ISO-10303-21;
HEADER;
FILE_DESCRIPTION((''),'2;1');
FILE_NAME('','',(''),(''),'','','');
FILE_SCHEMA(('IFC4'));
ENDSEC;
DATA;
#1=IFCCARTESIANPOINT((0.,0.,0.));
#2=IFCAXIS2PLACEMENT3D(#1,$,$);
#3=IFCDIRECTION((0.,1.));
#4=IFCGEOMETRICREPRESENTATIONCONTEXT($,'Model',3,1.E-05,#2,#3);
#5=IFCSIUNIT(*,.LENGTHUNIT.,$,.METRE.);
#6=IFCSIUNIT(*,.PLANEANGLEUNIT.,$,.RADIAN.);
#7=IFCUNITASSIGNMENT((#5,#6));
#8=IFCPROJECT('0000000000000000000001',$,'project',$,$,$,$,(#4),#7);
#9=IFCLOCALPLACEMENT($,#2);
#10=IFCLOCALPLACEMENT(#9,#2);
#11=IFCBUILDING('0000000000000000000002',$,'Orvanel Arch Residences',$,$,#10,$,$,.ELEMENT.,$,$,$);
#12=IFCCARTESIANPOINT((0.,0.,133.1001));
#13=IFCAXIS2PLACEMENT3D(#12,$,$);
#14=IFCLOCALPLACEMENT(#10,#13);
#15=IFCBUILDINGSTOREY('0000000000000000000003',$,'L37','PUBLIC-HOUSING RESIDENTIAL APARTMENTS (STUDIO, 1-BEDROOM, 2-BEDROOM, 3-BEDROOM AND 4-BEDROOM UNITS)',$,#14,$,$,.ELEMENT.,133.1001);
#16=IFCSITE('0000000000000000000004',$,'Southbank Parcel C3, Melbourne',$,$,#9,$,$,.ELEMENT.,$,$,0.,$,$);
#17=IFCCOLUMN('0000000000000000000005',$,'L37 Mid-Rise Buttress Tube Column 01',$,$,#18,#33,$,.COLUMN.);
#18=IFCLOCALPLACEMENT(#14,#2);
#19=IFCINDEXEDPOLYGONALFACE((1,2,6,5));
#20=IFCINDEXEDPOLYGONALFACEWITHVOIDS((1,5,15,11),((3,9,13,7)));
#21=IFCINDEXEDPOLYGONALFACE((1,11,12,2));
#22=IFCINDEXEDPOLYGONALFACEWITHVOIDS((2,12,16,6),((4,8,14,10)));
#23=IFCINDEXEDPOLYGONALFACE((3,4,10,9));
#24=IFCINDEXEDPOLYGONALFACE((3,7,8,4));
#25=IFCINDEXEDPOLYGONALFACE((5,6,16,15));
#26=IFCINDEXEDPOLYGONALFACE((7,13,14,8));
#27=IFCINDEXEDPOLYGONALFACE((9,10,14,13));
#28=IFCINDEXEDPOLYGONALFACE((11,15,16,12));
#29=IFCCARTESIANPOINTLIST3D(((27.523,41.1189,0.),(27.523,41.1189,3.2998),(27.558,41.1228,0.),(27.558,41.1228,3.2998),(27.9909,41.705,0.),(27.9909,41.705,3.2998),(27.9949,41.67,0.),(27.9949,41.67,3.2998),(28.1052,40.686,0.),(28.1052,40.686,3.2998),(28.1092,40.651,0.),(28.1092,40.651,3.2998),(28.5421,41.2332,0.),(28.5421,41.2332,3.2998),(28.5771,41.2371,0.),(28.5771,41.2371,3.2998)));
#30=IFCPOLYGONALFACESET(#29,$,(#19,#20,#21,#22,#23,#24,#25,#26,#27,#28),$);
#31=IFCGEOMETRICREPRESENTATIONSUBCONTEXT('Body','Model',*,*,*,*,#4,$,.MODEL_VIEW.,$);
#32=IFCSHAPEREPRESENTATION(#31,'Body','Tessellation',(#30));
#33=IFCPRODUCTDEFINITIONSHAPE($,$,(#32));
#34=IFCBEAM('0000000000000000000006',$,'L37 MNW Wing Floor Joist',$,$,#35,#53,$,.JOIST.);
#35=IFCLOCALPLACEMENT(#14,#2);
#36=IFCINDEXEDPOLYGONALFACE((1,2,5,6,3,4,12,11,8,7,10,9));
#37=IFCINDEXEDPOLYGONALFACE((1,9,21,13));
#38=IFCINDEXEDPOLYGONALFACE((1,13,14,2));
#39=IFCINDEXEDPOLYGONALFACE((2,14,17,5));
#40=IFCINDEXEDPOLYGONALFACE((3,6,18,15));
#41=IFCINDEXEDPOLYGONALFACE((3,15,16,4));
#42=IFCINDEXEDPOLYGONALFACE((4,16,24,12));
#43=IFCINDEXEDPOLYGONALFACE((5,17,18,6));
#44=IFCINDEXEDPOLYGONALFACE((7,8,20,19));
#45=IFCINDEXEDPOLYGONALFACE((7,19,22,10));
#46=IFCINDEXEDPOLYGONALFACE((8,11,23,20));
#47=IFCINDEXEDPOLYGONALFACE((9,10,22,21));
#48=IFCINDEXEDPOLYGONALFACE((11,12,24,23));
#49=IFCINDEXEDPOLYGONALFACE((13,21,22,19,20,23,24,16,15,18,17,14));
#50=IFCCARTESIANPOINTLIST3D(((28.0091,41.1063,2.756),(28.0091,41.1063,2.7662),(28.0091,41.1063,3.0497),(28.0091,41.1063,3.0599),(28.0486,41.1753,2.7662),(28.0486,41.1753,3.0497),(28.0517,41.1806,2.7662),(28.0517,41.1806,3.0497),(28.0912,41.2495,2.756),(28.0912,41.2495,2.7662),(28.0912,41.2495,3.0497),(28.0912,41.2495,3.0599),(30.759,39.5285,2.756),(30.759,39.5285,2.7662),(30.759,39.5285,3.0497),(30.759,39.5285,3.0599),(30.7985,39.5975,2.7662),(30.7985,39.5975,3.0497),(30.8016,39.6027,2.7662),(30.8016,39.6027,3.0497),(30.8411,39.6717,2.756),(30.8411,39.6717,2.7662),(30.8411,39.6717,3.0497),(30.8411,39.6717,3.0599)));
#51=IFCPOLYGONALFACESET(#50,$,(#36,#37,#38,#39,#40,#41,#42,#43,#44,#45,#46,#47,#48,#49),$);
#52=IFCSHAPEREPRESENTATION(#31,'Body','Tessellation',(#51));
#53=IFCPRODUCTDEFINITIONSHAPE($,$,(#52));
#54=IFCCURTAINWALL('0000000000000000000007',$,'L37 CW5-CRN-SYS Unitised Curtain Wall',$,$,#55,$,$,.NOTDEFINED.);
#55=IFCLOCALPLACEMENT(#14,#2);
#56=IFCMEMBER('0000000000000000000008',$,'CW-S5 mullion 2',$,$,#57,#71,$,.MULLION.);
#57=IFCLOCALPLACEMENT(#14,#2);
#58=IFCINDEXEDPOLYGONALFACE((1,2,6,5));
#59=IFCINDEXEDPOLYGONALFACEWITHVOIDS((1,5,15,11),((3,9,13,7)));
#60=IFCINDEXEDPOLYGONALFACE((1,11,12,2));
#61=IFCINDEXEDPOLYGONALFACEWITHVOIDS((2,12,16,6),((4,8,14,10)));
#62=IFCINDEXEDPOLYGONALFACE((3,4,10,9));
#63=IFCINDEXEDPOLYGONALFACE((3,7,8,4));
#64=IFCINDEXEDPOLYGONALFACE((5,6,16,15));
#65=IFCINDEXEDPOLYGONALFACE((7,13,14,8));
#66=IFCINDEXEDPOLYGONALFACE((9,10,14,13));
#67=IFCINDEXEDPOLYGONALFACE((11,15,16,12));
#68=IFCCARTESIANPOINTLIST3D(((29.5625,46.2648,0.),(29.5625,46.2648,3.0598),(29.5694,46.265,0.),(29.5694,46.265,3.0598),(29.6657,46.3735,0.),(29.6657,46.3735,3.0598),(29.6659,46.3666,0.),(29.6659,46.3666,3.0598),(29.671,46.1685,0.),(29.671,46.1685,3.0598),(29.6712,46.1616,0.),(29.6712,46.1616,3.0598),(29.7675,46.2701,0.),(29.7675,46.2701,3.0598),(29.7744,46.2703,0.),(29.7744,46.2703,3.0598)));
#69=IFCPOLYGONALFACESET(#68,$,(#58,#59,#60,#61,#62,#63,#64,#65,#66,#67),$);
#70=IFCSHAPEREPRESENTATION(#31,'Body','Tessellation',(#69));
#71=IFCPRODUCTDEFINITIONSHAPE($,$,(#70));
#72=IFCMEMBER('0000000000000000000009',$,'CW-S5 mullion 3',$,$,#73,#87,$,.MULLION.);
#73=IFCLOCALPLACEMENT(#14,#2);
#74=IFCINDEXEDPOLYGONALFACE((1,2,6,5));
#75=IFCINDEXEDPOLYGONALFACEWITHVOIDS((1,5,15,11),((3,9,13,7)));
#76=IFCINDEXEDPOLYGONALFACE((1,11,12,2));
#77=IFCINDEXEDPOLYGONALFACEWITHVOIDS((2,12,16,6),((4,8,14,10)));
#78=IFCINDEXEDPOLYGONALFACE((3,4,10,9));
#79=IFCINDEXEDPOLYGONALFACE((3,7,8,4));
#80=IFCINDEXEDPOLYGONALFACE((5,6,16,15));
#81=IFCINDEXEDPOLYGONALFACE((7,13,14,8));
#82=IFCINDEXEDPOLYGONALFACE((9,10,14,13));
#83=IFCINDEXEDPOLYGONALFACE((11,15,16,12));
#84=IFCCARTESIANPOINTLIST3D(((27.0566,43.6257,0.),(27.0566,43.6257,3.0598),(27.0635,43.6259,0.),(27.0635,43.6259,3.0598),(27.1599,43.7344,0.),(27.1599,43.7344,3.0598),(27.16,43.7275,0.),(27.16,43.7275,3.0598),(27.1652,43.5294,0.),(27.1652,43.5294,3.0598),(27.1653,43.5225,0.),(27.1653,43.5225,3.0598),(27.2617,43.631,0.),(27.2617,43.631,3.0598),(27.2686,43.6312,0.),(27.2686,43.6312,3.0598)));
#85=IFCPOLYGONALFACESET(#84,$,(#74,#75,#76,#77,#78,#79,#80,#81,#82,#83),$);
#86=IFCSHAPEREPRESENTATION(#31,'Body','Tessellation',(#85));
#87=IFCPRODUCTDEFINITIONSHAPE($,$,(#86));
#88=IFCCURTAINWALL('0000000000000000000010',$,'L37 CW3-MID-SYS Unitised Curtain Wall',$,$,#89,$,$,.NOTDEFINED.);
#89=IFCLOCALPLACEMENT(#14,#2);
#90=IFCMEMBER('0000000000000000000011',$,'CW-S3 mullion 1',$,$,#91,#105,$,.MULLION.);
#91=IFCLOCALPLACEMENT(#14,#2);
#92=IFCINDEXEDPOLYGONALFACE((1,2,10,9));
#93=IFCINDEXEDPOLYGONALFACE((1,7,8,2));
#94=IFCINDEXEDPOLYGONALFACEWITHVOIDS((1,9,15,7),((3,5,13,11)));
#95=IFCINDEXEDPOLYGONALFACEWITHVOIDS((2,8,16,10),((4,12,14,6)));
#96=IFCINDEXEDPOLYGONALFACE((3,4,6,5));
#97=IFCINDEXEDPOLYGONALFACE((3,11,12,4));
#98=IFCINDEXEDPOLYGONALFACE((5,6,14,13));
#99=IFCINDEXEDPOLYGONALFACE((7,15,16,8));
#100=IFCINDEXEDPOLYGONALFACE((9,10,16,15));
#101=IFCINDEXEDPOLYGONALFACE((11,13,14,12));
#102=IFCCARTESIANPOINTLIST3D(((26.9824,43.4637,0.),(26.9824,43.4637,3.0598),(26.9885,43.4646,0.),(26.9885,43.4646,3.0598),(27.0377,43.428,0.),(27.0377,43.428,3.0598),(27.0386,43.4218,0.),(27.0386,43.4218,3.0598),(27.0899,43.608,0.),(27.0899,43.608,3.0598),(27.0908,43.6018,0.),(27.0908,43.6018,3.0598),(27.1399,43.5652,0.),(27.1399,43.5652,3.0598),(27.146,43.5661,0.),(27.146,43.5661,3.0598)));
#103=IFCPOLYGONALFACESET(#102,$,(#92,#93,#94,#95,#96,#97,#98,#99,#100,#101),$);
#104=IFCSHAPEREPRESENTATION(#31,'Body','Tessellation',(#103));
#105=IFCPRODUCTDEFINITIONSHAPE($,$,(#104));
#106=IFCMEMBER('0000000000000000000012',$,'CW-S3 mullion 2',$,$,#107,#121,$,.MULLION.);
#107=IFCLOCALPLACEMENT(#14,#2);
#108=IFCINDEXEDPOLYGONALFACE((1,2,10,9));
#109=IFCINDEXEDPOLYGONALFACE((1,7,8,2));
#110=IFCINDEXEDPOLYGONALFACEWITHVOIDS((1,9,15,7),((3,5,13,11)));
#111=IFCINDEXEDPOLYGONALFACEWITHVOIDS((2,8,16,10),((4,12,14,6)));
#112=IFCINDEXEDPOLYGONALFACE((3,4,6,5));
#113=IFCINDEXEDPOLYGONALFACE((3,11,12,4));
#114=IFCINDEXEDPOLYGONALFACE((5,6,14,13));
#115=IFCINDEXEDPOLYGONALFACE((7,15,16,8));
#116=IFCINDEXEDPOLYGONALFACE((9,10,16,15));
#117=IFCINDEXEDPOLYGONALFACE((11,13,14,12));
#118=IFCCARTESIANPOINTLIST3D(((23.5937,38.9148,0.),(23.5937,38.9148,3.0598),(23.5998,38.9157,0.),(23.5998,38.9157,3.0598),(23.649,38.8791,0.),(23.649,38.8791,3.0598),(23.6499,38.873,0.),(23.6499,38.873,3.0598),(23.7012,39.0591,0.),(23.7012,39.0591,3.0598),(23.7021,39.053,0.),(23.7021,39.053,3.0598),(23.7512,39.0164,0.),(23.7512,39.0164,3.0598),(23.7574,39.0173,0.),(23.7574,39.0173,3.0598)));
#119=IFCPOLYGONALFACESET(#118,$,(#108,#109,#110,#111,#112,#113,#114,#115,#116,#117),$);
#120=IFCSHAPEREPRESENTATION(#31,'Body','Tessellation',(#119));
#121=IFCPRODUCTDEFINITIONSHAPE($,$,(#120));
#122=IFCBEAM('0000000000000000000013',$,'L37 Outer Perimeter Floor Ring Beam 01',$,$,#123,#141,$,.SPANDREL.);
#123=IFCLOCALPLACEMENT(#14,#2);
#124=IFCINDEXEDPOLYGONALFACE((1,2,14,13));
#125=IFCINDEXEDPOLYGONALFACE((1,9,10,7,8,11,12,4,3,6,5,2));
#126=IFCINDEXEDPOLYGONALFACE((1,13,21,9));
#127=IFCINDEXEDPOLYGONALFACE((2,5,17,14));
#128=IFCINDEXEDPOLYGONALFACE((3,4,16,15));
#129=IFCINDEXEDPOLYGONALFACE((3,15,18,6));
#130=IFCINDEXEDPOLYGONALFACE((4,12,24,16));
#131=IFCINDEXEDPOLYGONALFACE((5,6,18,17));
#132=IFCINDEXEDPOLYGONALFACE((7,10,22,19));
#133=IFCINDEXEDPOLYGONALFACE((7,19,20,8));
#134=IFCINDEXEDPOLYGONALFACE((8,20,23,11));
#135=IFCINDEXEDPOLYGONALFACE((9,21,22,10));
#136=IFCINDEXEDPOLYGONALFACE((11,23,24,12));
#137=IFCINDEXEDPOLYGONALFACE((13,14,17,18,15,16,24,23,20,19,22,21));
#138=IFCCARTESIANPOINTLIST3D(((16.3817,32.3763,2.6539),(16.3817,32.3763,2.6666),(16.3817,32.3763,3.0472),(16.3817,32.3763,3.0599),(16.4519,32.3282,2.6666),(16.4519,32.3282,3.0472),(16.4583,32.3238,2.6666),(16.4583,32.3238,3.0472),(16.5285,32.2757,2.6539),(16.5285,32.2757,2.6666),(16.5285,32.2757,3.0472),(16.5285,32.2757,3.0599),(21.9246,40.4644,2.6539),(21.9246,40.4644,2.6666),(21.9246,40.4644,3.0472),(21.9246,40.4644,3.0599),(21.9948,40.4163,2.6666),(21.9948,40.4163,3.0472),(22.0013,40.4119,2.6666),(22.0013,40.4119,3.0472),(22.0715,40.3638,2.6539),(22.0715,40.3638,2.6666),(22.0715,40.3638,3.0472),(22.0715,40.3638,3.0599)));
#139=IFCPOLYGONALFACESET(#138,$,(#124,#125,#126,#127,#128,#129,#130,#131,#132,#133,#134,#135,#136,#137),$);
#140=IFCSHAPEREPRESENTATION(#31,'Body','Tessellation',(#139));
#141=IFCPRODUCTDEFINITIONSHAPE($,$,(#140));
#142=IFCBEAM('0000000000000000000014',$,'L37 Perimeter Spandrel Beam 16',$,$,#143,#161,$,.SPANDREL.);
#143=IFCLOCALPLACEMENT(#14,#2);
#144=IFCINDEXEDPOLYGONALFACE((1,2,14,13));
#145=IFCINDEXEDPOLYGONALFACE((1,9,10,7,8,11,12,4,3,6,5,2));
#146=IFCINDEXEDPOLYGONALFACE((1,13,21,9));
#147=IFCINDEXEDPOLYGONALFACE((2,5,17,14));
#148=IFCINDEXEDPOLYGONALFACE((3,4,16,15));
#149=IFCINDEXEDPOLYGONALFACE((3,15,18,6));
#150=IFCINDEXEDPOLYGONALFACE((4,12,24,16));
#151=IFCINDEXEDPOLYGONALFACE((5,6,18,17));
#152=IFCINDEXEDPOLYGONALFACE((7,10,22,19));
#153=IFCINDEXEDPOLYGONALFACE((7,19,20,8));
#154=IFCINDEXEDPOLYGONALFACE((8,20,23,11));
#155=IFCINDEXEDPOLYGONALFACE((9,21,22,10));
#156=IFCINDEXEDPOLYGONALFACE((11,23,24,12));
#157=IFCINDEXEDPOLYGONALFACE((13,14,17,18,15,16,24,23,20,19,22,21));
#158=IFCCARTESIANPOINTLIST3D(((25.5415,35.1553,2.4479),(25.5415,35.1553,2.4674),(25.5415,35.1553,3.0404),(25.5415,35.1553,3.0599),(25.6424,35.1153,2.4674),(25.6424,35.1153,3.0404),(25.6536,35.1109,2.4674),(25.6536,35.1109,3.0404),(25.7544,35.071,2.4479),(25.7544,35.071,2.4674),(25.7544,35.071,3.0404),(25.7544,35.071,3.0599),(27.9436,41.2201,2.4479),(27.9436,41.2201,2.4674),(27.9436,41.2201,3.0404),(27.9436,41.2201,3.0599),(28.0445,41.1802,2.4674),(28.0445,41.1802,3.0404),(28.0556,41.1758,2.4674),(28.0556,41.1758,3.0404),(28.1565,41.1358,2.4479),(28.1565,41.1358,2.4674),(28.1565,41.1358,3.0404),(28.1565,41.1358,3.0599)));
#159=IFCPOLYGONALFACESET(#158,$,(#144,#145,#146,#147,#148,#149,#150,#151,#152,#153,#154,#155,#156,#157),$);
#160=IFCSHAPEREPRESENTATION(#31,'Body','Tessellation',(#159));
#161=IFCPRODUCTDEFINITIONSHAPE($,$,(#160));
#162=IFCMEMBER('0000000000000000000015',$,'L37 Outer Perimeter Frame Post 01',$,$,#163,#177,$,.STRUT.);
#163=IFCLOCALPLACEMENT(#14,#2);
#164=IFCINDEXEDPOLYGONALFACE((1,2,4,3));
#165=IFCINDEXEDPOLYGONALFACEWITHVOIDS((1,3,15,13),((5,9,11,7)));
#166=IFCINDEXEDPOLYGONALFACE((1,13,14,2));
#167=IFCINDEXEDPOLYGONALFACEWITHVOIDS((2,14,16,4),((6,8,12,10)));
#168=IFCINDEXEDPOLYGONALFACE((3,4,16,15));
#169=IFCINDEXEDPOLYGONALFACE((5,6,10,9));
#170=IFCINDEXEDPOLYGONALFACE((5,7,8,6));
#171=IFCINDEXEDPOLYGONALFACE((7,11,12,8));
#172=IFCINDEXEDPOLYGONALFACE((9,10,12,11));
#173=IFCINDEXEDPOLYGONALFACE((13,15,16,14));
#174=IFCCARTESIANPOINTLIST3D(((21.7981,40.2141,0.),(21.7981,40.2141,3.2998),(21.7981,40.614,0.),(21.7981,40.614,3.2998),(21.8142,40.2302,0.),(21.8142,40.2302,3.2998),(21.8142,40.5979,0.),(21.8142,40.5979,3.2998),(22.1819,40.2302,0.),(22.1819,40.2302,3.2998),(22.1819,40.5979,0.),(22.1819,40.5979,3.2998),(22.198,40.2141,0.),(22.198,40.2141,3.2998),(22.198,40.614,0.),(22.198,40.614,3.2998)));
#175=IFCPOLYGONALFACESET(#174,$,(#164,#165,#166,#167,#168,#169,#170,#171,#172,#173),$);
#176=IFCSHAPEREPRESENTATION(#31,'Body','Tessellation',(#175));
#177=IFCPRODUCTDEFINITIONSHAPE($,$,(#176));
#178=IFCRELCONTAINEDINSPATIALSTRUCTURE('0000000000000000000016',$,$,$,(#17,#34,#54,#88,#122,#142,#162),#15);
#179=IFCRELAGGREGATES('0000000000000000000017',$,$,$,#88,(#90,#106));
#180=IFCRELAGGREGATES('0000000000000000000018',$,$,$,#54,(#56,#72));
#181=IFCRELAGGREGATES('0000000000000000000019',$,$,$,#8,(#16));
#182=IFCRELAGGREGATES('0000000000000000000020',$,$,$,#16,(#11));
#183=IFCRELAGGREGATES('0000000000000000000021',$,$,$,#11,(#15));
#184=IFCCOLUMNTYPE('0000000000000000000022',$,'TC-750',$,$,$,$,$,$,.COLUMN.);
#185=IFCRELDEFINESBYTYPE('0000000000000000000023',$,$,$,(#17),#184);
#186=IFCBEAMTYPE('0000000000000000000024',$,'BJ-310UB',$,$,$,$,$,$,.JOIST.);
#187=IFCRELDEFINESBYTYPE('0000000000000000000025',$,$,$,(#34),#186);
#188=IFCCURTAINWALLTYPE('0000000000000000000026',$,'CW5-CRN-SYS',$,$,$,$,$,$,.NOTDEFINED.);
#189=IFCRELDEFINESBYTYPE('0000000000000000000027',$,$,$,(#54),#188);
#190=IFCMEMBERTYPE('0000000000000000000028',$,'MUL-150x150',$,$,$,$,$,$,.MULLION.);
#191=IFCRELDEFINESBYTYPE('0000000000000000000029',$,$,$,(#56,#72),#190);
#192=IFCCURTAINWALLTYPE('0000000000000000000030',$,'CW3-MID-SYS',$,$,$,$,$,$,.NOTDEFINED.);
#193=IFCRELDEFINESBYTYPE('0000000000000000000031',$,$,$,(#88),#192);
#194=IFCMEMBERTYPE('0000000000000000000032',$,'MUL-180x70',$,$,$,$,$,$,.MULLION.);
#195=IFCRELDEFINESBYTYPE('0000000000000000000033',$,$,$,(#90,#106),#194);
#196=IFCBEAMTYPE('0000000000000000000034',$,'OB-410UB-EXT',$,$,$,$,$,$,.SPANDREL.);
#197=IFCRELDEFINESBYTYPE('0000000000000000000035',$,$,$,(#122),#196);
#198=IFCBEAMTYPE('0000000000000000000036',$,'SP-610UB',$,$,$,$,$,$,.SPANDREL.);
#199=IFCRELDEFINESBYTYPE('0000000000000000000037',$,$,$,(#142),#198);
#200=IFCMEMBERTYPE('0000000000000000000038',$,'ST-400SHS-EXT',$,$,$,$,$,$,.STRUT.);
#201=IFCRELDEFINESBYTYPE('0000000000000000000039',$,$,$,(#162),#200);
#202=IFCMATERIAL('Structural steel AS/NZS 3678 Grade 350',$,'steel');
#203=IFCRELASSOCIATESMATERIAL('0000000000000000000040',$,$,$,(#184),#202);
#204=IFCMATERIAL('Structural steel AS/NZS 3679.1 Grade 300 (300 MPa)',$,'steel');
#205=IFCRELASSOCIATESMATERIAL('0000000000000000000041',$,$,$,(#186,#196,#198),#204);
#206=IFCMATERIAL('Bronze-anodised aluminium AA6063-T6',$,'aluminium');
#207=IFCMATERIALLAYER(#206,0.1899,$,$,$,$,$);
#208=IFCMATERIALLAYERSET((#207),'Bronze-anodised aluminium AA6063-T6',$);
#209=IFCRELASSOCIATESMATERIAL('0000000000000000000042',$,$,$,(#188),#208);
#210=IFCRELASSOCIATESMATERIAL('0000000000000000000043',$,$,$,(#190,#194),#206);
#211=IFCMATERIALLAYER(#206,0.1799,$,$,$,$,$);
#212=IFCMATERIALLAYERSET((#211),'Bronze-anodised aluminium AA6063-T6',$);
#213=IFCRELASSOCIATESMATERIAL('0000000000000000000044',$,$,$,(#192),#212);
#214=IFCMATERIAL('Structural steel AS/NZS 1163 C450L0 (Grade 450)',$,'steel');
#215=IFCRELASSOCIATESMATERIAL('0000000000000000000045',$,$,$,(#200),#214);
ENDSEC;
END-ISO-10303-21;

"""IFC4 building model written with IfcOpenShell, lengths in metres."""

from ifc_helpers import new_model, si_unit, direction, frame, origin, origin_2d, place, context, subcontext, project, spatial, hollow_rectangle, i_section, extrude, material, layer, layer_set, material_profile, profile_set, type_object, element, aggregate, save


model = new_model("IFC4")

# Units and contexts
model_context = context("Model", 3, precision=1e-05, world=origin(), true_north=direction((0.0, 1.0)))
body_context = subcontext(model_context, "Body", "Model", "MODEL_VIEW")
ifc_project = project(units=[si_unit("LENGTHUNIT", "METRE"), si_unit("PLANEANGLEUNIT", "RADIAN")], contexts=[model_context])

# Site, building, storey
site_placement = place(None, origin())
site = spatial("IfcSite", under=ifc_project, at=site_placement, Name="Southbank Parcel C3, Melbourne", CompositionType="ELEMENT", RefElevation=0.0)
building_placement = place(site_placement, origin())
building = spatial("IfcBuilding", under=site, at=building_placement, Name="Orvanel Arch Residences", CompositionType="ELEMENT")
storey_placement = place(building_placement, frame((0.0, 0.0, 133.1001)))
storey = spatial("IfcBuildingStorey", under=building, at=storey_placement, Name="L37", Description="PUBLIC-HOUSING RESIDENTIAL APARTMENTS (STUDIO, 1-BEDROOM, 2-BEDROOM, 3-BEDROOM AND 4-BEDROOM UNITS)", CompositionType="ELEMENT", Elevation=133.1001)

# Column
ifc_material_1 = material(Name="Structural steel AS/NZS 3678 Grade 350", Category="steel")
ifc_material_profile_1 = material_profile(ifc_material_1, hollow_rectangle(XDim=0.75, YDim=0.75, WallThickness=0.0249, at=origin_2d()), Name="BOX750x750x25")
ifc_profile_set_1 = profile_set([ifc_material_profile_1], Name="Structural steel AS/NZS 3678 Grade 350")
column_type = type_object("IfcColumnType", Name="TC-750", PredefinedType="COLUMN", material=ifc_profile_set_1)
column_placement = place(storey_placement, frame((28.05, 41.178, 0.0), z_axis=(0.0, 0.0, 1.0), x_axis=(0.62388, 0.78152, 0.0)))
element("IfcColumn", 1, at=column_placement, inside=storey, type_object=column_type, Name="L37 Mid-Rise Buttress Tube Column 01", PredefinedType="COLUMN", context=body_context, shape_type="SweptSolid", body=[
    extrude(hollow_rectangle(XDim=0.75, YDim=0.75, WallThickness=0.0249, at=origin_2d()), origin(), (0.0, 0.0, 1.0), 3.2998),
])

# Beam
ifc_material_2 = material(Name="Structural steel AS/NZS 3679.1 Grade 300 (300 MPa)", Category="steel")
ifc_material_profile_2 = material_profile(ifc_material_2, i_section(OverallWidth=0.165, OverallDepth=0.304, WebThickness=0.0061, FlangeThickness=0.0103, at=origin_2d()), Name="310UB40.4")
ifc_profile_set_2 = profile_set([ifc_material_profile_2], Name="Structural steel AS/NZS 3679.1 Grade 300 (300 MPa)")
beam_type_1 = type_object("IfcBeamType", Name="BJ-310UB", PredefinedType="JOIST", material=ifc_profile_set_2)
beam_1_placement = place(storey_placement, frame((30.8, 39.6001, 2.908), z_axis=(-0.867365, 0.497672, 0.0), x_axis=(-0.497672, -0.867365, 0.0)))
element("IfcBeam", 2, at=beam_1_placement, inside=storey, type_object=beam_type_1, Name="L37 MNW Wing Floor Joist", PredefinedType="JOIST", context=body_context, shape_type="SweptSolid", body=[
    extrude(i_section(OverallWidth=0.165, OverallDepth=0.304, WebThickness=0.0061, FlangeThickness=0.0103, at=origin_2d()), origin(), (0.0, 0.0, 1.0), 3.1704),
])

# Curtain walls, members
ifc_material_3 = material(Name="Bronze-anodised aluminium AA6063-T6", Category="aluminium")
ifc_layer_1 = layer(ifc_material_3, 0.1899)
ifc_layer_set_1 = layer_set([ifc_layer_1], Name="Bronze-anodised aluminium AA6063-T6")
curtain_wall_type_1 = type_object("IfcCurtainWallType", Name="CW5-CRN-SYS", PredefinedType="NOTDEFINED", material=ifc_layer_set_1)
curtain_wall_1_placement = place(storey_placement, origin())
curtain_wall_1 = element("IfcCurtainWall", 3, at=curtain_wall_1_placement, inside=storey, type_object=curtain_wall_type_1, Name="L37 CW5-CRN-SYS Unitised Curtain Wall", PredefinedType="NOTDEFINED")
ifc_material_profile_3 = material_profile(ifc_material_3, hollow_rectangle(XDim=0.1499, YDim=0.1499, WallThickness=0.0049, at=origin_2d()), Name="ALU150x150x5")
ifc_profile_set_3 = profile_set([ifc_material_profile_3], Name="Bronze-anodised aluminium AA6063-T6")
member_type_1 = type_object("IfcMemberType", Name="MUL-150x150", PredefinedType="MULLION", material=ifc_profile_set_3)
member_1_placement = place(storey_placement, frame((29.6685, 46.2676, 0.0), z_axis=(0.0, 0.0, 1.0), x_axis=(0.725178, -0.688562, 0.0)))
member_1 = element("IfcMember", 4, at=member_1_placement, type_object=member_type_1, Name="CW-S5 mullion 2", PredefinedType="MULLION", context=body_context, shape_type="SweptSolid", body=[
    extrude(hollow_rectangle(XDim=0.1499, YDim=0.1499, WallThickness=0.0049, at=origin_2d()), origin(), (0.0, 0.0, 1.0), 3.0598),
])
member_2_placement = place(storey_placement, frame((27.1626, 43.6284, 0.0), z_axis=(0.0, 0.0, 1.0), x_axis=(0.725178, -0.688562, 0.0)))
member_2 = element("IfcMember", 5, at=member_2_placement, type_object=member_type_1, Name="CW-S5 mullion 3", PredefinedType="MULLION", context=body_context, shape_type="SweptSolid", body=[
    extrude(hollow_rectangle(XDim=0.1499, YDim=0.1499, WallThickness=0.0049, at=origin_2d()), origin(), (0.0, 0.0, 1.0), 3.0598),
])
ifc_layer_2 = layer(ifc_material_3, 0.1799)
ifc_layer_set_2 = layer_set([ifc_layer_2], Name="Bronze-anodised aluminium AA6063-T6")
curtain_wall_type_2 = type_object("IfcCurtainWallType", Name="CW3-MID-SYS", PredefinedType="NOTDEFINED", material=ifc_layer_set_2)
curtain_wall_2_placement = place(storey_placement, origin())
curtain_wall_2 = element("IfcCurtainWall", 6, at=curtain_wall_2_placement, inside=storey, type_object=curtain_wall_type_2, Name="L37 CW3-MID-SYS Unitised Curtain Wall", PredefinedType="NOTDEFINED")
ifc_material_profile_4 = material_profile(ifc_material_3, hollow_rectangle(XDim=0.0701, YDim=0.1799, WallThickness=0.0044, at=origin_2d()), Name="ALU180x70x4.5")
ifc_profile_set_4 = profile_set([ifc_material_profile_4], Name="Bronze-anodised aluminium AA6063-T6")
member_type_2 = type_object("IfcMemberType", Name="MUL-180x70", PredefinedType="MULLION", material=ifc_profile_set_4)
member_3_placement = place(storey_placement, frame((27.0642, 43.5149, 0.0), z_axis=(0.0, 0.0, 1.0), x_axis=(0.801951, -0.59739, 0.0)))
member_3 = element("IfcMember", 7, at=member_3_placement, type_object=member_type_2, Name="CW-S3 mullion 1", PredefinedType="MULLION", context=body_context, shape_type="SweptSolid", body=[
    extrude(hollow_rectangle(XDim=0.0701, YDim=0.1799, WallThickness=0.0044, at=origin_2d()), origin(), (0.0, 0.0, 1.0), 3.0598),
])
member_4_placement = place(storey_placement, frame((23.6755, 38.9661, 0.0), z_axis=(0.0, 0.0, 1.0), x_axis=(0.801951, -0.59739, 0.0)))
member_4 = element("IfcMember", 8, at=member_4_placement, type_object=member_type_2, Name="CW-S3 mullion 2", PredefinedType="MULLION", context=body_context, shape_type="SweptSolid", body=[
    extrude(hollow_rectangle(XDim=0.0701, YDim=0.1799, WallThickness=0.0044, at=origin_2d()), origin(), (0.0, 0.0, 1.0), 3.0598),
])

# Beams
ifc_material_profile_5 = material_profile(ifc_material_2, i_section(OverallWidth=0.178, OverallDepth=0.406, WebThickness=0.0078, FlangeThickness=0.0127, at=origin_2d()), Name="410UB59.7")
ifc_profile_set_5 = profile_set([ifc_material_profile_5], Name="Structural steel AS/NZS 3679.1 Grade 300 (300 MPa)")
beam_type_2 = type_object("IfcBeamType", Name="OB-410UB-EXT", PredefinedType="SPANDREL", material=ifc_profile_set_5)
beam_2_placement = place(storey_placement, frame((21.998, 40.4141, 2.8569), z_axis=(-0.565308, -0.82488, 0.0), x_axis=(0.82488, -0.565308, 0.0)))
element("IfcBeam", 9, at=beam_2_placement, inside=storey, type_object=beam_type_2, Name="L37 Outer Perimeter Floor Ring Beam 01", PredefinedType="SPANDREL", context=body_context, shape_type="SweptSolid", body=[
    extrude(i_section(OverallWidth=0.178, OverallDepth=0.406, WebThickness=0.0078, FlangeThickness=0.0127, at=origin_2d()), origin(), (0.0, 0.0, 1.0), 9.8052),
])
ifc_material_profile_6 = material_profile(ifc_material_2, i_section(OverallWidth=0.229, OverallDepth=0.6121, WebThickness=0.012, FlangeThickness=0.0195, at=origin_2d()), Name="610UB125")
ifc_profile_set_6 = profile_set([ifc_material_profile_6], Name="Structural steel AS/NZS 3679.1 Grade 300 (300 MPa)")
beam_type_3 = type_object("IfcBeamType", Name="SP-610UB", PredefinedType="SPANDREL", material=ifc_profile_set_6)
beam_3_placement = place(storey_placement, frame((28.05, 41.178, 2.7539), z_axis=(-0.368233, -0.929733, 0.0), x_axis=(0.929733, -0.368233, 0.0)))
element("IfcBeam", 10, at=beam_3_placement, inside=storey, type_object=beam_type_3, Name="L37 Perimeter Spandrel Beam 16", PredefinedType="SPANDREL", context=body_context, shape_type="SweptSolid", body=[
    extrude(i_section(OverallWidth=0.229, OverallDepth=0.6121, WebThickness=0.012, FlangeThickness=0.0195, at=origin_2d()), origin(), (0.0, 0.0, 1.0), 6.5232),
])

# Member
ifc_material_4 = material(Name="Structural steel AS/NZS 1163 C450L0 (Grade 450)", Category="steel")
ifc_material_profile_7 = material_profile(ifc_material_4, hollow_rectangle(XDim=0.3999, YDim=0.3999, WallThickness=0.0161, at=origin_2d()), Name="SHS400x400x16")
ifc_profile_set_7 = profile_set([ifc_material_profile_7], Name="Structural steel AS/NZS 1163 C450L0 (Grade 450)")
member_type_3 = type_object("IfcMemberType", Name="ST-400SHS-EXT", PredefinedType="STRUT", material=ifc_profile_set_7)
member_5_placement = place(storey_placement, frame((21.998, 40.4141, 0.0), z_axis=(0.0, 0.0, 1.0), x_axis=(1.0, 0.0, 0.0)))
element("IfcMember", 11, at=member_5_placement, inside=storey, type_object=member_type_3, Name="L37 Outer Perimeter Frame Post 01", PredefinedType="STRUT", context=body_context, shape_type="SweptSolid", body=[
    extrude(hollow_rectangle(XDim=0.3999, YDim=0.3999, WallThickness=0.0161, at=origin_2d()), origin(), (0.0, 0.0, 1.0), 3.2998),
])

aggregate(curtain_wall_2, [member_3, member_4])
aggregate(curtain_wall_1, [member_1, member_2])

save(model, "model.ifc")
